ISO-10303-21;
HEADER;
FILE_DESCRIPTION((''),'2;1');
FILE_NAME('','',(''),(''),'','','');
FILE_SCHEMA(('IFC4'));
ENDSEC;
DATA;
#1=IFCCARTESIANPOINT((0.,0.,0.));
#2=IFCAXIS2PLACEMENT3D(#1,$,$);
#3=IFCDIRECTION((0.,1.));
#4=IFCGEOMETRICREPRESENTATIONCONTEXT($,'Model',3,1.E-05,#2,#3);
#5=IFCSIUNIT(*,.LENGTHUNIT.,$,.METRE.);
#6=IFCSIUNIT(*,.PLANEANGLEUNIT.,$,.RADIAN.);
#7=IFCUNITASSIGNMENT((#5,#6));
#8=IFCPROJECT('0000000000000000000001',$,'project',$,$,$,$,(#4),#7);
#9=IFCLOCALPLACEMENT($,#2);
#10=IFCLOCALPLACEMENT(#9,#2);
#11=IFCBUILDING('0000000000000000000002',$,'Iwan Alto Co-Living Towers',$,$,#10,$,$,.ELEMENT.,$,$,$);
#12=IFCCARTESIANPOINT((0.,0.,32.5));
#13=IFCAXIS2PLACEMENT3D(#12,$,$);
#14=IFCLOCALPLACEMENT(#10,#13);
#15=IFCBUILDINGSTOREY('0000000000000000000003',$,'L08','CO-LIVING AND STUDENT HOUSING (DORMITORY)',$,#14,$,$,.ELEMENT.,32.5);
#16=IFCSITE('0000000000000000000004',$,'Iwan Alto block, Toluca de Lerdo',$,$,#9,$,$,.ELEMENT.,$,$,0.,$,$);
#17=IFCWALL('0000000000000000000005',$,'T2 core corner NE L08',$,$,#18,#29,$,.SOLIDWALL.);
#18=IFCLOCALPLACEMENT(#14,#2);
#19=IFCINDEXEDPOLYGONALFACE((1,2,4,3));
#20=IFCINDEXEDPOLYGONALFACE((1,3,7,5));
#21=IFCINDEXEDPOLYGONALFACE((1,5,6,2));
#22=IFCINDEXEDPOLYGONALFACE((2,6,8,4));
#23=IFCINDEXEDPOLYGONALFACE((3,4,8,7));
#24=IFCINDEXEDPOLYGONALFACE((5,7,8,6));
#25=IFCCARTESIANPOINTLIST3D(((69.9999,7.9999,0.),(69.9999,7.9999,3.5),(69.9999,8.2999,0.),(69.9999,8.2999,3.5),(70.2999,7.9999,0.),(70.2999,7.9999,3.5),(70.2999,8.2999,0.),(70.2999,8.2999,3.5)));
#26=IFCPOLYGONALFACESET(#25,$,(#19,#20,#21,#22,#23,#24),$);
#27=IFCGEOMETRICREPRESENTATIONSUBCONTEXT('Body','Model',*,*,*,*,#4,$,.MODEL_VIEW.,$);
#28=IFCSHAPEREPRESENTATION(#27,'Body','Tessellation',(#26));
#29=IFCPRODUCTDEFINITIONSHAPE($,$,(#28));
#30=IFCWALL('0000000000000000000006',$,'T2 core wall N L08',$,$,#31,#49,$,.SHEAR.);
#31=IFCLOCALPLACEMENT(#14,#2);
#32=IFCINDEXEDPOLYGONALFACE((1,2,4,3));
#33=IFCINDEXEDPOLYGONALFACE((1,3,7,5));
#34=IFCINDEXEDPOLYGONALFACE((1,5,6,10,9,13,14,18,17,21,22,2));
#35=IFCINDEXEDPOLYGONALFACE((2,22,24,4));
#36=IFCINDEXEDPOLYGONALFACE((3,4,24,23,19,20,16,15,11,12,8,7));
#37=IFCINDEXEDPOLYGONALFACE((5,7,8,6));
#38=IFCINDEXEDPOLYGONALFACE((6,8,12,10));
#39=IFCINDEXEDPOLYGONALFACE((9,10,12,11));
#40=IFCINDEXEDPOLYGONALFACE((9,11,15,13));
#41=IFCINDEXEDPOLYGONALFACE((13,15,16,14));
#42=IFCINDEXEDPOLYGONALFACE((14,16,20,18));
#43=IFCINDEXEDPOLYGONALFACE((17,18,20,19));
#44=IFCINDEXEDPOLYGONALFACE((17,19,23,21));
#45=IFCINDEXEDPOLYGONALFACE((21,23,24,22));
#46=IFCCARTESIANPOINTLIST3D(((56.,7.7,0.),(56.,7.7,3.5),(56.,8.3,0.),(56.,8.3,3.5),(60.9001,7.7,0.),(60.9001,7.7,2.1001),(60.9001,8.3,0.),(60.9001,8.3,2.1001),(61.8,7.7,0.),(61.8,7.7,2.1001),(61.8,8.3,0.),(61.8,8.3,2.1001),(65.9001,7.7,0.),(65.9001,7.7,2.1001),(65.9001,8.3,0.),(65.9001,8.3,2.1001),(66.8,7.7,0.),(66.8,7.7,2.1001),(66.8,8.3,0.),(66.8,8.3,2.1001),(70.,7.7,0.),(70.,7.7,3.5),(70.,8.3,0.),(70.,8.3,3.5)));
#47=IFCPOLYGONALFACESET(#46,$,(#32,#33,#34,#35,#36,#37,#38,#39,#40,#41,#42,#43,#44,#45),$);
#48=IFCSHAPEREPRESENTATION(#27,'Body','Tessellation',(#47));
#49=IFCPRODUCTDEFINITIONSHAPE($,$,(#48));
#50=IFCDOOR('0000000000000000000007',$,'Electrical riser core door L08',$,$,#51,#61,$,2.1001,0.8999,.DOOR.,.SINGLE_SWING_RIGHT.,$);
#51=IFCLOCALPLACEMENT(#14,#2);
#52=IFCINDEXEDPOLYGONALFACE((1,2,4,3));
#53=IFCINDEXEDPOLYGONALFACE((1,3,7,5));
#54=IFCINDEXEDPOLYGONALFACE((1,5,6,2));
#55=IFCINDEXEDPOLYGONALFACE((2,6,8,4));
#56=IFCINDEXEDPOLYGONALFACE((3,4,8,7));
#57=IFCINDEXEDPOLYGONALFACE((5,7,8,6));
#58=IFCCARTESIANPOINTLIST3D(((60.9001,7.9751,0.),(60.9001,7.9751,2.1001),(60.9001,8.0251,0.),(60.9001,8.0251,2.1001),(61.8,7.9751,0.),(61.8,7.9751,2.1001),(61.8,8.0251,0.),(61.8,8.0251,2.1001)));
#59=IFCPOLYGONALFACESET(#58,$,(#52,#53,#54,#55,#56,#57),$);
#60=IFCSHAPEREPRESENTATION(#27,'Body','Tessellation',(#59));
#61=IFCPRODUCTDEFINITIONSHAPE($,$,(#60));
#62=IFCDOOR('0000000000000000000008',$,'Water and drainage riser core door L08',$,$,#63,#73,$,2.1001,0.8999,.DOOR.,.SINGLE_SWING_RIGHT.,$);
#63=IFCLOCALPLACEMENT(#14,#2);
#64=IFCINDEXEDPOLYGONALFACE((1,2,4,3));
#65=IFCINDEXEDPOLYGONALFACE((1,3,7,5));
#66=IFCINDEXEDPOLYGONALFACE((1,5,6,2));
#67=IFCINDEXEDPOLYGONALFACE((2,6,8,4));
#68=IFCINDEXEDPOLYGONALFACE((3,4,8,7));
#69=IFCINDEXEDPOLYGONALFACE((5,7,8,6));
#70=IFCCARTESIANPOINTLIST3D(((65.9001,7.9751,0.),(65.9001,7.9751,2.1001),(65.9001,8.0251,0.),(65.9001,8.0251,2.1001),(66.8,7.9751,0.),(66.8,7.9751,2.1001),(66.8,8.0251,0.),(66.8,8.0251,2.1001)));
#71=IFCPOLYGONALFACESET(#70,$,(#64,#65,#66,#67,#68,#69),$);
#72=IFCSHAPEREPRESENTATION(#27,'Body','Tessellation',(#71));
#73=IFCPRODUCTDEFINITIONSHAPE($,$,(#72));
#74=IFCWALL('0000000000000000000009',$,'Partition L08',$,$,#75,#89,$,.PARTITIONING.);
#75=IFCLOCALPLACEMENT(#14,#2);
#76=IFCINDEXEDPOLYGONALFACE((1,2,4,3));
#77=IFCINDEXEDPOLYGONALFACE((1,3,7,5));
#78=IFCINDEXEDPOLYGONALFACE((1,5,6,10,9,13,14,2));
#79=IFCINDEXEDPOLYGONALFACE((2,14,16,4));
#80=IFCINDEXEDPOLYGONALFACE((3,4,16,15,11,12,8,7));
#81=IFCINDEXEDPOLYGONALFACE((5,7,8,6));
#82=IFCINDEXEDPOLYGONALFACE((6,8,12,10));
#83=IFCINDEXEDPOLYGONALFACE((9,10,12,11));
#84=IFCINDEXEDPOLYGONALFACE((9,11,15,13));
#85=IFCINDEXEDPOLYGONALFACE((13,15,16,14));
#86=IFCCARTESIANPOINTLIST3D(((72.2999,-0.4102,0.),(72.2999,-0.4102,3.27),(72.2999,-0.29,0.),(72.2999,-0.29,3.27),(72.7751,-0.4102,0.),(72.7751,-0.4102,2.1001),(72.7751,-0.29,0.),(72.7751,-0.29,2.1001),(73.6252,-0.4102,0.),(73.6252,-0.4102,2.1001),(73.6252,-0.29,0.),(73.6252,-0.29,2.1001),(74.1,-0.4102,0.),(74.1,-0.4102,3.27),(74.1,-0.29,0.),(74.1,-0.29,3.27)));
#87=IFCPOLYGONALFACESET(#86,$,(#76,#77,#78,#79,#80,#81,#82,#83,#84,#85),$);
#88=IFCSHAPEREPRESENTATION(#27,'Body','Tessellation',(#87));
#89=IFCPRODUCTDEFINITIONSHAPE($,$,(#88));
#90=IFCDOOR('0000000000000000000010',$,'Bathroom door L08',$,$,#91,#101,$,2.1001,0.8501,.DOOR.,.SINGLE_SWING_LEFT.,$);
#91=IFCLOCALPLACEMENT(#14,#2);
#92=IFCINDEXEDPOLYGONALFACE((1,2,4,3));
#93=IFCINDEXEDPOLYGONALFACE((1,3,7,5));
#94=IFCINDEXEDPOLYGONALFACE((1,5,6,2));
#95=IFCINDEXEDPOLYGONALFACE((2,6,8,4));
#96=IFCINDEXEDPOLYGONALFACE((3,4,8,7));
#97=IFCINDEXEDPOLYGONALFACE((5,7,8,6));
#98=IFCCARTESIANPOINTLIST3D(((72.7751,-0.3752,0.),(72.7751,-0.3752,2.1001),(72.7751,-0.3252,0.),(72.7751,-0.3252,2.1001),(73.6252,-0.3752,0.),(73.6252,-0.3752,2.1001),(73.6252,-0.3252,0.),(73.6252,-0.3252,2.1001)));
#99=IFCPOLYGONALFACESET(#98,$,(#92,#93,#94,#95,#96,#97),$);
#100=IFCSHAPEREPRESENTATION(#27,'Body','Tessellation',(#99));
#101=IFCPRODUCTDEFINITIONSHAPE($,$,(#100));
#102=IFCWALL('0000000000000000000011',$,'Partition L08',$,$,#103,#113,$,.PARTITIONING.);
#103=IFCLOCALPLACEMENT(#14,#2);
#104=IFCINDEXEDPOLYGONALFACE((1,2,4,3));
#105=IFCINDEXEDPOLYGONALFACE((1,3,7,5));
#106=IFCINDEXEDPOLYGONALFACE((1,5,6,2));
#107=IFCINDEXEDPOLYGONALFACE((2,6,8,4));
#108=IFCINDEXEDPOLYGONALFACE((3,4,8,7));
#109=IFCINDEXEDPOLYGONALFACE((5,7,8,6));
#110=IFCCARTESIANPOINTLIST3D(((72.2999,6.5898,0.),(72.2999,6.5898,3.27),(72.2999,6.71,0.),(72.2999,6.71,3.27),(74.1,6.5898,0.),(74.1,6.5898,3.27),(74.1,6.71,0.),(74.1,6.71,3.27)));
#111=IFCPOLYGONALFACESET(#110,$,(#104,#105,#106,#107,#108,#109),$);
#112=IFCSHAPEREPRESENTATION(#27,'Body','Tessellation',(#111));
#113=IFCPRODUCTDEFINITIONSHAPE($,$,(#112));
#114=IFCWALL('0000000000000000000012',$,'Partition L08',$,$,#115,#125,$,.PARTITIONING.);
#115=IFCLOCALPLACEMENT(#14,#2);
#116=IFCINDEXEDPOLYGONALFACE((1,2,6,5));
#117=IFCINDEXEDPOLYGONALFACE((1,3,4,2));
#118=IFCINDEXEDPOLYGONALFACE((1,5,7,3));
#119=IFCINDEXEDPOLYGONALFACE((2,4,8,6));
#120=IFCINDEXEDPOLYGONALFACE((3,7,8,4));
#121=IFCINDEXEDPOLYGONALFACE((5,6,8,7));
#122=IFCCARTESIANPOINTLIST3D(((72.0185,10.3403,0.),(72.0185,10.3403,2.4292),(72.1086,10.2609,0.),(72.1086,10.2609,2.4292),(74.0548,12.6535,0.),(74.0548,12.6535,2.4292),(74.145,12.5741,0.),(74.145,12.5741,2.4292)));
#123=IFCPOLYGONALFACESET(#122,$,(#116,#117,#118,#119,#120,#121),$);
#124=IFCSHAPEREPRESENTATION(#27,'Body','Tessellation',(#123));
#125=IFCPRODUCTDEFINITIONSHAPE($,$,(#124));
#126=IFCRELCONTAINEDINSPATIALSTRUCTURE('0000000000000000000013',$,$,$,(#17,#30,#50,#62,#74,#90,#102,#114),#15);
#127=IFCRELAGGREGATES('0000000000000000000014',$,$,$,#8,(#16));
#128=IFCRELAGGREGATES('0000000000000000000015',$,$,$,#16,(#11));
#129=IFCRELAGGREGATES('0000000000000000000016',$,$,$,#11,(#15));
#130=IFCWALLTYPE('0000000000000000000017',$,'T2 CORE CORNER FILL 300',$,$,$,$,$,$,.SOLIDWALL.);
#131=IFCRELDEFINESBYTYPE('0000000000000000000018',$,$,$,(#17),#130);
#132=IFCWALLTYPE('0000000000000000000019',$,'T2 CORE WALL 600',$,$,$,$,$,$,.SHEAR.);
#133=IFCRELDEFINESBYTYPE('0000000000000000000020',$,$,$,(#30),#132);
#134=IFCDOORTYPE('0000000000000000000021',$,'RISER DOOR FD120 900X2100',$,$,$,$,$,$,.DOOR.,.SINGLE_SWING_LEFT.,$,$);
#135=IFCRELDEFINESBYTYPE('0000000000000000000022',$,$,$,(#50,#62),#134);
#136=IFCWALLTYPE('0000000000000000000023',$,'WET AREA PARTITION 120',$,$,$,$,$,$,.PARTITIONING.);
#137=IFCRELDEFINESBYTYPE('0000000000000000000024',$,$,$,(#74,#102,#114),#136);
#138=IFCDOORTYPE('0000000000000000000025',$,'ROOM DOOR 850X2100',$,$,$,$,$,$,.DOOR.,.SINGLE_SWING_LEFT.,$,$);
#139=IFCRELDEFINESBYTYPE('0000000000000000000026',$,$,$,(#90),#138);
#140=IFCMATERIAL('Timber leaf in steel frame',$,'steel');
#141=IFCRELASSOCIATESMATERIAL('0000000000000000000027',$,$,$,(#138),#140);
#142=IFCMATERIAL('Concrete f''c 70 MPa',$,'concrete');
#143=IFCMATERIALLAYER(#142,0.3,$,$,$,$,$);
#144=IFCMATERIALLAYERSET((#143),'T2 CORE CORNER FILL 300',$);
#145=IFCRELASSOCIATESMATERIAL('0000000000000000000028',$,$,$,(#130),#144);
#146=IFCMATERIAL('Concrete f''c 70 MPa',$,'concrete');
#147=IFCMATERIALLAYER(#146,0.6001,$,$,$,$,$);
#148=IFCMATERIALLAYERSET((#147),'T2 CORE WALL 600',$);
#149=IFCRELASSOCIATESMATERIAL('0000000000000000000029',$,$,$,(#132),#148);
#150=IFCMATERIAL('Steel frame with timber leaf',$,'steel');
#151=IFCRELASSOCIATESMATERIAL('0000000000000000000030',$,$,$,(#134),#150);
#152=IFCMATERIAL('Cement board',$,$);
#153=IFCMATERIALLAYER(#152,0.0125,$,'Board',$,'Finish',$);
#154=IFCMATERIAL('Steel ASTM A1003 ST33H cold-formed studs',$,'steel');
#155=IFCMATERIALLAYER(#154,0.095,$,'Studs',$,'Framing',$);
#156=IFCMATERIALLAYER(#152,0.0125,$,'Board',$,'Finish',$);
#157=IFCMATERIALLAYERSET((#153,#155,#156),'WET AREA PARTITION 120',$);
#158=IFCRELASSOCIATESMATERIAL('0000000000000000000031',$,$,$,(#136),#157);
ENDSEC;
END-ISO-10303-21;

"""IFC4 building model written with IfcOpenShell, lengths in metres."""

from ifc_helpers import new_model, si_unit, direction, frame, frame_2d, origin, place, context, subcontext, project, spatial, rectangle, extrude, material, layer, layer_set, type_object, element, fill, save


model = new_model("IFC4")

# Units and contexts
model_context = context("Model", 3, precision=1e-05, world=origin(), true_north=direction((0.0, 1.0)))
body_context = subcontext(model_context, "Body", "Model", "MODEL_VIEW")
ifc_project = project(units=[si_unit("LENGTHUNIT", "METRE"), si_unit("PLANEANGLEUNIT", "RADIAN")], contexts=[model_context])

# Site, building, storey
site_placement = place(None, origin())
site = spatial("IfcSite", under=ifc_project, at=site_placement, Name="Iwan Alto block, Toluca de Lerdo", CompositionType="ELEMENT", RefElevation=0.0)
building_placement = place(site_placement, origin())
building = spatial("IfcBuilding", under=site, at=building_placement, Name="Iwan Alto Co-Living Towers", CompositionType="ELEMENT")
storey_placement = place(building_placement, frame((0.0, 0.0, 32.5)))
storey = spatial("IfcBuildingStorey", under=building, at=storey_placement, Name="L08", Description="CO-LIVING AND STUDENT HOUSING (DORMITORY)", CompositionType="ELEMENT", Elevation=32.5)

# Shared definitions
ifc_material_1 = material(Name="Steel ASTM A1003 ST33H cold-formed studs", Category="steel")
ifc_material_2 = material(Name="Timber leaf in steel frame", Category="steel")
door_type_1 = type_object("IfcDoorType", Name="ROOM DOOR 850X2100", OperationType="SINGLE_SWING_LEFT", PredefinedType="DOOR", material=ifc_material_2)

# Wall
ifc_material_3 = material(Name="Concrete f'c 70 MPa", Category="concrete")
ifc_layer_1 = layer(ifc_material_3, 0.3)
ifc_layer_set_1 = layer_set([ifc_layer_1], Name="T2 CORE CORNER FILL 300")
wall_type_1 = type_object("IfcWallType", Name="T2 CORE CORNER FILL 300", PredefinedType="SOLIDWALL", material=ifc_layer_set_1)
wall_1_placement = place(storey_placement, frame((70.0, 8.1499, 0.0), z_axis=(0.0, 0.0, 1.0), x_axis=(1.0, 0.0, 0.0)))
element("IfcWall", 1, at=wall_1_placement, inside=storey, type_object=wall_type_1, Name="T2 core corner NE L08", PredefinedType="SOLIDWALL", context=body_context, shape_type="SweptSolid", body=[
    extrude(rectangle(XDim=0.3, YDim=0.3, at=frame_2d((0.1499, 0.0))), origin(), (0.0, 0.0, 1.0), 3.5),
])

# Wall, openings, doors
ifc_material_4 = material(Name="Concrete f'c 70 MPa", Category="concrete")
ifc_layer_2 = layer(ifc_material_4, 0.6001)
ifc_layer_set_2 = layer_set([ifc_layer_2], Name="T2 CORE WALL 600")
wall_type_2 = type_object("IfcWallType", Name="T2 CORE WALL 600", PredefinedType="SHEAR", material=ifc_layer_set_2)
wall_2_placement = place(storey_placement, frame((70.0, 8.0, 0.0), z_axis=(0.0, 0.0, 1.0), x_axis=(-1.0, 0.0, 0.0)))
wall_2 = element("IfcWall", 2, at=wall_2_placement, inside=storey, type_object=wall_type_2, Name="T2 core wall N L08", PredefinedType="SHEAR", context=body_context, shape_type="SweptSolid", body=[
    extrude(rectangle(XDim=14.0, YDim=0.6001, at=frame_2d((7.0, 0.0))), origin(), (0.0, 0.0, 1.0), 3.5),
])
opening_1_placement = place(wall_2_placement, frame((8.2, 0.0, 0.0)))
opening_1 = element("IfcOpeningElement", 3, at=opening_1_placement, cuts=wall_2, PredefinedType="OPENING", context=body_context, shape_type="SweptSolid", body=[
    extrude(rectangle(XDim=0.8999, YDim=2.1001, at=frame_2d((0.45, 1.05))), frame((0.0, 0.3101, 0.0), z_axis=(0.0, -1.0, 0.0), x_axis=(1.0, 0.0, 0.0)), (0.0, 0.0, 1.0), 0.6201),
])
opening_2_placement = place(wall_2_placement, frame((3.2, 0.0, 0.0)))
opening_2 = element("IfcOpeningElement", 4, at=opening_2_placement, cuts=wall_2, PredefinedType="OPENING", context=body_context, shape_type="SweptSolid", body=[
    extrude(rectangle(XDim=0.8999, YDim=2.1001, at=frame_2d((0.45, 1.05))), frame((0.0, 0.3101, 0.0), z_axis=(0.0, -1.0, 0.0), x_axis=(1.0, 0.0, 0.0)), (0.0, 0.0, 1.0), 0.6201),
])
ifc_material_5 = material(Name="Steel frame with timber leaf", Category="steel")
door_type_2 = type_object("IfcDoorType", Name="RISER DOOR FD120 900X2100", OperationType="SINGLE_SWING_LEFT", PredefinedType="DOOR", material=ifc_material_5)
door_1_placement = place(opening_1_placement, origin())
door_1 = element("IfcDoor", 5, at=door_1_placement, inside=storey, type_object=door_type_2, Name="Electrical riser core door L08", OperationType="SINGLE_SWING_RIGHT", OverallHeight=2.1001, OverallWidth=0.8999, PredefinedType="DOOR", context=body_context, shape_type="SweptSolid", body=[
    extrude(rectangle(XDim=0.8999, YDim=2.1001, at=frame_2d((0.45, 1.05))), frame((0.0, 0.0249, 0.0), z_axis=(0.0, -1.0, 0.0), x_axis=(1.0, 0.0, 0.0)), (0.0, 0.0, 1.0), 0.05),
])
fill(opening_1, door_1)
door_2_placement = place(opening_2_placement, origin())
door_2 = element("IfcDoor", 6, at=door_2_placement, inside=storey, type_object=door_type_2, Name="Water and drainage riser core door L08", OperationType="SINGLE_SWING_RIGHT", OverallHeight=2.1001, OverallWidth=0.8999, PredefinedType="DOOR", context=body_context, shape_type="SweptSolid", body=[
    extrude(rectangle(XDim=0.8999, YDim=2.1001, at=frame_2d((0.45, 1.05))), frame((0.0, 0.0249, 0.0), z_axis=(0.0, -1.0, 0.0), x_axis=(1.0, 0.0, 0.0)), (0.0, 0.0, 1.0), 0.05),
])
fill(opening_2, door_2)

# Wall, opening, door
ifc_material_6 = material(Name="Cement board")
ifc_layer_3 = layer(ifc_material_6, 0.0125, Name="Board", Category="Finish")
ifc_layer_4 = layer(ifc_material_1, 0.095, Name="Studs", Category="Framing")
ifc_layer_5 = layer(ifc_material_6, 0.0125, Name="Board", Category="Finish")
ifc_layer_set_3 = layer_set([ifc_layer_3, ifc_layer_4, ifc_layer_5], Name="WET AREA PARTITION 120")
wall_type_3 = type_object("IfcWallType", Name="WET AREA PARTITION 120", PredefinedType="PARTITIONING", material=ifc_layer_set_3)
wall_3_placement = place(storey_placement, frame((72.3, -0.3501, 0.0), z_axis=(0.0, 0.0, 1.0), x_axis=(1.0, 0.0, 0.0)))
wall_3 = element("IfcWall", 7, at=wall_3_placement, inside=storey, type_object=wall_type_3, Name="Partition L08", PredefinedType="PARTITIONING", context=body_context, shape_type="SweptSolid", body=[
    extrude(rectangle(XDim=1.8, YDim=0.1201, at=frame_2d((0.8999, 0.0))), origin(), (0.0, 0.0, 1.0), 3.27),
])
opening_3_placement = place(wall_3_placement, frame((0.4751, 0.0, 0.0)))
opening_3 = element("IfcOpeningElement", 8, at=opening_3_placement, cuts=wall_3, PredefinedType="OPENING", context=body_context, shape_type="SweptSolid", body=[
    extrude(rectangle(XDim=0.8501, YDim=2.1001, at=frame_2d((0.425, 1.05))), frame((0.0, 0.0701, 0.0), z_axis=(0.0, -1.0, 0.0), x_axis=(1.0, 0.0, 0.0)), (0.0, 0.0, 1.0), 0.1401),
])
door_3_placement = place(opening_3_placement, origin())
door_3 = element("IfcDoor", 9, at=door_3_placement, inside=storey, type_object=door_type_1, Name="Bathroom door L08", OperationType="SINGLE_SWING_LEFT", OverallHeight=2.1001, OverallWidth=0.8501, PredefinedType="DOOR", context=body_context, shape_type="SweptSolid", body=[
    extrude(rectangle(XDim=0.8501, YDim=2.1001, at=frame_2d((0.425, 1.05))), frame((0.0, 0.0249, 0.0), z_axis=(0.0, -1.0, 0.0), x_axis=(1.0, 0.0, 0.0)), (0.0, 0.0, 1.0), 0.05),
])
fill(opening_3, door_3)

# Walls
wall_4_placement = place(storey_placement, frame((72.3, 6.6499, 0.0), z_axis=(0.0, 0.0, 1.0), x_axis=(1.0, 0.0, 0.0)))
element("IfcWall", 10, at=wall_4_placement, inside=storey, type_object=wall_type_3, Name="Partition L08", PredefinedType="PARTITIONING", context=body_context, shape_type="SweptSolid", body=[
    extrude(rectangle(XDim=1.8, YDim=0.1201, at=frame_2d((0.8999, 0.0))), origin(), (0.0, 0.0, 1.0), 3.27),
])
wall_5_placement = place(storey_placement, frame((72.0635, 10.3005, 0.0), z_axis=(0.0, 0.0, 1.0), x_axis=(0.660762, 0.750596, 0.0)))
element("IfcWall", 11, at=wall_5_placement, inside=storey, type_object=wall_type_3, Name="Partition L08", PredefinedType="PARTITIONING", context=body_context, shape_type="SweptSolid", body=[
    extrude(rectangle(XDim=3.0818, YDim=0.1201, at=frame_2d((1.541, 0.0))), origin(), (0.0, 0.0, 1.0), 2.4292),
])

save(model, "model.ifc")
